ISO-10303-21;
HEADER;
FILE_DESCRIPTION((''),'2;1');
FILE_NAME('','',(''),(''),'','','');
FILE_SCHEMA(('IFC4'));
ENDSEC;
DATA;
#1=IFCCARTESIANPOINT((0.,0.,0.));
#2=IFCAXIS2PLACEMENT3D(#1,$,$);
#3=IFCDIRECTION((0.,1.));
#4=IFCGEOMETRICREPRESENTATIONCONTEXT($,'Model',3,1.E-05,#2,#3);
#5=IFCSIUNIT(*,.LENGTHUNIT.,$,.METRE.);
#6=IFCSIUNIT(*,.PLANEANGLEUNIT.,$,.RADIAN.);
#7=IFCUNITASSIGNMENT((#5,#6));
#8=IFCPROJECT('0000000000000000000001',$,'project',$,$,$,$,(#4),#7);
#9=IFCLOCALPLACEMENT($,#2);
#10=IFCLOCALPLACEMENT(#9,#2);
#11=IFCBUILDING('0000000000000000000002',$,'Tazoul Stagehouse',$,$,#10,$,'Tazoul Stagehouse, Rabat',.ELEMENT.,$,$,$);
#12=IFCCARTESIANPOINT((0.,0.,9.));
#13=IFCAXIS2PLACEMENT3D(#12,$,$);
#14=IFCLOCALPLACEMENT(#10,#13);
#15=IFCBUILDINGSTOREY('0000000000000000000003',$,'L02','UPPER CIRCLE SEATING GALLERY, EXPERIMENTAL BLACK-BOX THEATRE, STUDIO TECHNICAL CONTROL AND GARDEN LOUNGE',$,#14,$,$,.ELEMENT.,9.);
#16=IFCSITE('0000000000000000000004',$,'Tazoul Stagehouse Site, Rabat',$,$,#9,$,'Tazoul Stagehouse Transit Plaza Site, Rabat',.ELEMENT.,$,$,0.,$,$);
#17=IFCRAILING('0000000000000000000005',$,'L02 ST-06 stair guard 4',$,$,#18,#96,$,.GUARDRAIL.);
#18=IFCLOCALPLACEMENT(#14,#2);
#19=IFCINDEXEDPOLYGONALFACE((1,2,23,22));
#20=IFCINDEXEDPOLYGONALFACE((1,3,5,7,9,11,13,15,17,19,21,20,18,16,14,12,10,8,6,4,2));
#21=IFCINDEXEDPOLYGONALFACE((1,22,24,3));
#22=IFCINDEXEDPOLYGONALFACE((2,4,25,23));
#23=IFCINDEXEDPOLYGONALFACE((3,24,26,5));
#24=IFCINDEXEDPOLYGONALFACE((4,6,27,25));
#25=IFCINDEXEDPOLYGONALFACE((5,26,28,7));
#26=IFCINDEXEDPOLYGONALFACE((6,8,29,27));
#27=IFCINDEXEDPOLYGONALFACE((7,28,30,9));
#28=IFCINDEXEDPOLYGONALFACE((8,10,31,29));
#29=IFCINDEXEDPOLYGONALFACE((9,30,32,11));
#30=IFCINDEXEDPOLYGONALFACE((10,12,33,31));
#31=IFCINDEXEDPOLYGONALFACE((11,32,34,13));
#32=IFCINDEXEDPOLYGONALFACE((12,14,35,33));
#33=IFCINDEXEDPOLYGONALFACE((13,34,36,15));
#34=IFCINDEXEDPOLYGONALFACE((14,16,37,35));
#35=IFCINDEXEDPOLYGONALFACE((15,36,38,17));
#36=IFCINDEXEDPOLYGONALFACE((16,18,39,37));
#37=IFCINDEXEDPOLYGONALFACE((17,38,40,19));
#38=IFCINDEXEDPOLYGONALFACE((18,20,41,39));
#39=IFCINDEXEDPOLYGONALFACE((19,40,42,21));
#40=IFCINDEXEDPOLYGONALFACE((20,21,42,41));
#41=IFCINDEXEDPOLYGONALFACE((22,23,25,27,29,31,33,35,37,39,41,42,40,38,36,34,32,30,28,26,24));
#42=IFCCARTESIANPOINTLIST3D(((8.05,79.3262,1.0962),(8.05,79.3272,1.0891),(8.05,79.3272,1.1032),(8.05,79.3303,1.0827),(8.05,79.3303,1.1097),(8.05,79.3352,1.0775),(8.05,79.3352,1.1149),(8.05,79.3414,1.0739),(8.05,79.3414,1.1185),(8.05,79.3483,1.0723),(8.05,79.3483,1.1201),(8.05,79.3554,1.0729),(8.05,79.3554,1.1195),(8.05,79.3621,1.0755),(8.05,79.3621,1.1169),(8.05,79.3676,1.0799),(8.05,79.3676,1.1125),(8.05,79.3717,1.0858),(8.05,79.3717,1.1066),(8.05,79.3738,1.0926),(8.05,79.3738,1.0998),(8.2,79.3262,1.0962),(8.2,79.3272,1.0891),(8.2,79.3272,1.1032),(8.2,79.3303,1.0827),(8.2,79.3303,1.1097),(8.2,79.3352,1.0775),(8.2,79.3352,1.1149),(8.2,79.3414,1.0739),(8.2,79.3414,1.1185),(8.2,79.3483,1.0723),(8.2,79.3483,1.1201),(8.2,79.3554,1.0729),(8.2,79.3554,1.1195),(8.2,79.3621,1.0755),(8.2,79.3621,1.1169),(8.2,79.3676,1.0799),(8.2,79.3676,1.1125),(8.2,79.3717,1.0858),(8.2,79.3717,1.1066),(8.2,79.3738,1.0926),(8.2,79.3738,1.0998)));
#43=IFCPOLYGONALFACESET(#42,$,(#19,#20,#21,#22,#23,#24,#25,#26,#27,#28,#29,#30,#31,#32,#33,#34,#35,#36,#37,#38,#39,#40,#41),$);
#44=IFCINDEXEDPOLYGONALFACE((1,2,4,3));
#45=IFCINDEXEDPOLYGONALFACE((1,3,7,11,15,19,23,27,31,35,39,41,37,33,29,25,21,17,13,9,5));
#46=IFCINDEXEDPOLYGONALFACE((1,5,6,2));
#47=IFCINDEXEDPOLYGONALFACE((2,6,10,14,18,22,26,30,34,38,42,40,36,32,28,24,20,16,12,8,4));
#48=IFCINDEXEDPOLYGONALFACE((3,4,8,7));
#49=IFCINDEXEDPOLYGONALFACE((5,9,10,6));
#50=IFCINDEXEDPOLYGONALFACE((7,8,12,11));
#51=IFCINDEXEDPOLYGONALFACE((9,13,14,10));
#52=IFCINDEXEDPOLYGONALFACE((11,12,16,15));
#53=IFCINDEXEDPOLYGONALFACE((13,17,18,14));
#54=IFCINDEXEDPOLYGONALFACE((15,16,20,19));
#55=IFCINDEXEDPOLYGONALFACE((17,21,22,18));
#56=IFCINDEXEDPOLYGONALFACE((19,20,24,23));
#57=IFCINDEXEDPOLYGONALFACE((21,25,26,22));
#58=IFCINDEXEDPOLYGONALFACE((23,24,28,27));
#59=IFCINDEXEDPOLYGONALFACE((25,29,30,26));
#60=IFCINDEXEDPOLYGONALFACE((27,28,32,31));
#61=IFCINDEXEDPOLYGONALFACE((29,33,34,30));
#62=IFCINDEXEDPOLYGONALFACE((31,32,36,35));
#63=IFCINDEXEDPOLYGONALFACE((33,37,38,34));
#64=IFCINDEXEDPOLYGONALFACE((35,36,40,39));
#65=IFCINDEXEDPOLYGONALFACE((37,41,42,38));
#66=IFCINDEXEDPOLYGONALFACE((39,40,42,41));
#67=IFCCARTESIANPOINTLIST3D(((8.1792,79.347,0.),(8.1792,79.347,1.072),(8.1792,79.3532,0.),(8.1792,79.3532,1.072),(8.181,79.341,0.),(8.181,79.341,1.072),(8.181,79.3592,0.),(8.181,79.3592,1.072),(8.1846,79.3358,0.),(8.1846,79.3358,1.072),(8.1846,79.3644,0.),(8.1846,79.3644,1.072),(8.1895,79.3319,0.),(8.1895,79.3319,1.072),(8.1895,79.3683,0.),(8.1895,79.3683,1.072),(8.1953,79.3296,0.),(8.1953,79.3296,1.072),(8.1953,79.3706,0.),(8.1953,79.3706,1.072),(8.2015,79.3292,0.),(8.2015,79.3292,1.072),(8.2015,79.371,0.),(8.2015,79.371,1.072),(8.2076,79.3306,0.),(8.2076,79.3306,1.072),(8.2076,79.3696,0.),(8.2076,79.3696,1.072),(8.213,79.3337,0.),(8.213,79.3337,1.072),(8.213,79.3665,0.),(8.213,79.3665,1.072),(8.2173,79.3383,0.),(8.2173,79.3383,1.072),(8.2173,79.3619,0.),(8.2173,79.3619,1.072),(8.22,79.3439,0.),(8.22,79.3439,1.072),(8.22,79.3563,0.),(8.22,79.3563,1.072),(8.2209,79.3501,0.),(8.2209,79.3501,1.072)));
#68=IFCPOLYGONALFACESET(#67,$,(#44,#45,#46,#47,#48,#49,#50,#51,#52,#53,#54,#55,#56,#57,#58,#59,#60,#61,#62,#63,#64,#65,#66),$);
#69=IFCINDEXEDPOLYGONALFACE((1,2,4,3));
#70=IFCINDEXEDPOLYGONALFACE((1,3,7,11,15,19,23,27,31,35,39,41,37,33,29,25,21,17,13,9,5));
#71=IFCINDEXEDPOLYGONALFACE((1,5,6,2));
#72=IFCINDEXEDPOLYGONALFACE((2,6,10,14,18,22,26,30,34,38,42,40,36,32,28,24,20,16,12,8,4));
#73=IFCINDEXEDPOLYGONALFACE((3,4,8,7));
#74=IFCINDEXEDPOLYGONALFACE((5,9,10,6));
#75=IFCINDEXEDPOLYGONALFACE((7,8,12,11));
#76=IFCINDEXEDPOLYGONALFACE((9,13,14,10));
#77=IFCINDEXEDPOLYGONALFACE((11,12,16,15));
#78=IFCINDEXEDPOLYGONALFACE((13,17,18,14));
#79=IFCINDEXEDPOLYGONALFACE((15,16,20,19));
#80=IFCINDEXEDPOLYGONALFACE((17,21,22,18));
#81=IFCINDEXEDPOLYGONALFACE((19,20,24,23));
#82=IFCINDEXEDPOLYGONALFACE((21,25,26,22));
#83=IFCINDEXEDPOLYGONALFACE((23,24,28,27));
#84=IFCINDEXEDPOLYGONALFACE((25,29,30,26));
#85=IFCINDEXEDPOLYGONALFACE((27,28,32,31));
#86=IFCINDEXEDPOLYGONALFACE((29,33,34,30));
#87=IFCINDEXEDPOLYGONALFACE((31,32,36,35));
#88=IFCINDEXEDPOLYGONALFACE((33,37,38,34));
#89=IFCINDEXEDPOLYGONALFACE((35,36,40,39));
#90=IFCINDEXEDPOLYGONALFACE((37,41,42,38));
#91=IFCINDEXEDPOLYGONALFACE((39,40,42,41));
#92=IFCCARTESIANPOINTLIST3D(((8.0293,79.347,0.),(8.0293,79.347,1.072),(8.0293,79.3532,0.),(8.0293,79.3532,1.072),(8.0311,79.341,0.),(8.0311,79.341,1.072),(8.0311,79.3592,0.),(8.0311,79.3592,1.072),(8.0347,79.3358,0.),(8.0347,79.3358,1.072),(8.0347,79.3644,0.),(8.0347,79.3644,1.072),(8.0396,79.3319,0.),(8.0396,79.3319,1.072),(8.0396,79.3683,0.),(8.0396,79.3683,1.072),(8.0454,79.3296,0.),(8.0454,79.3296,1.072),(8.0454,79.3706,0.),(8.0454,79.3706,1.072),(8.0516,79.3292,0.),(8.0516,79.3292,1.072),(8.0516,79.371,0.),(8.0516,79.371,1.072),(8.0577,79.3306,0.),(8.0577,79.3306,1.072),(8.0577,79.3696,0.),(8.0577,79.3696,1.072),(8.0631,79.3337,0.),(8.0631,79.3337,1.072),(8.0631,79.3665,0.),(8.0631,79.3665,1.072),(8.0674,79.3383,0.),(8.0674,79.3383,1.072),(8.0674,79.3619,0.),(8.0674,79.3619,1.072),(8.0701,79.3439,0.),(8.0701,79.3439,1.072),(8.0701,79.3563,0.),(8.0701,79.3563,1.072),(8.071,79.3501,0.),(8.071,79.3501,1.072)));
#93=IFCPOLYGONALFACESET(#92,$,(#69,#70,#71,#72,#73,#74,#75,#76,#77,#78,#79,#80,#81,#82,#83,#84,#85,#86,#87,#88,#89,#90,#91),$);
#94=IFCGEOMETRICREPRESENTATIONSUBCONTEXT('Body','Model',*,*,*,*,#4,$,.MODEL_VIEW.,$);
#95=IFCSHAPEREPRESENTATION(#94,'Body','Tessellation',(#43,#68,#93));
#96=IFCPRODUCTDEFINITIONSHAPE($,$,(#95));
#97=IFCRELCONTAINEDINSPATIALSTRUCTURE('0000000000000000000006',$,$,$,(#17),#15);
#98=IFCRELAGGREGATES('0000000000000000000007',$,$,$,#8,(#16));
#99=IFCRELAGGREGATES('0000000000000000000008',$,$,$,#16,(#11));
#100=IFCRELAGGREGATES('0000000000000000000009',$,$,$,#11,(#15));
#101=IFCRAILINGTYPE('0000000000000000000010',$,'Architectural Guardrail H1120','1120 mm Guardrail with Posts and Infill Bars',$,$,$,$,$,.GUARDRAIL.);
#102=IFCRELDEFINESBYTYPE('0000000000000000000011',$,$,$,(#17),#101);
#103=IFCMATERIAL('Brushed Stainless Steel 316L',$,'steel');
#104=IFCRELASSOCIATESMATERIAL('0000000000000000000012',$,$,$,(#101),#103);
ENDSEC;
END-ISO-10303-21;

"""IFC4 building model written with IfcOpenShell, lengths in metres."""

from ifc_helpers import new_model, si_unit, direction, frame, origin, origin_2d, place, context, subcontext, project, spatial, circle, extrude, material, material_profile, profile_set, type_object, element, save


model = new_model("IFC4")

# Units and contexts
model_context = context("Model", 3, precision=1e-05, world=origin(), true_north=direction((0.0, 1.0)))
body_context = subcontext(model_context, "Body", "Model", "MODEL_VIEW")
ifc_project = project(units=[si_unit("LENGTHUNIT", "METRE"), si_unit("PLANEANGLEUNIT", "RADIAN")], contexts=[model_context])

# Site, building, storey
site_placement = place(None, origin())
site = spatial("IfcSite", under=ifc_project, at=site_placement, Name="Tazoul Stagehouse Site, Rabat", LongName="Tazoul Stagehouse Transit Plaza Site, Rabat", CompositionType="ELEMENT", RefElevation=0.0)
building_placement = place(site_placement, origin())
building = spatial("IfcBuilding", under=site, at=building_placement, Name="Tazoul Stagehouse", LongName="Tazoul Stagehouse, Rabat", CompositionType="ELEMENT")
storey_placement = place(building_placement, frame((0.0, 0.0, 9.0)))
storey = spatial("IfcBuildingStorey", under=building, at=storey_placement, Name="L02", Description="UPPER CIRCLE SEATING GALLERY, EXPERIMENTAL BLACK-BOX THEATRE, STUDIO TECHNICAL CONTROL AND GARDEN LOUNGE", CompositionType="ELEMENT", Elevation=9.0)

# Railing
ifc_material_1 = material(Name="Brushed Stainless Steel 316L", Category="steel")
ifc_material_profile_1 = material_profile(ifc_material_1, circle(Radius=0.0239, at=origin_2d()), Name="SS RAIL D48")
ifc_profile_set_1 = profile_set([ifc_material_profile_1], Name="Brushed Stainless Steel 316L")
railing_type_1 = type_object("IfcRailingType", Name="Architectural Guardrail H1120", Description="1120 mm Guardrail with Posts and Infill Bars", PredefinedType="GUARDRAIL", material=ifc_profile_set_1)
railing_1_placement = place(storey_placement, frame((8.2, 79.3501, 0.0)))
element("IfcRailing", 1, at=railing_1_placement, inside=storey, type_object=railing_type_1, Name="L02 ST-06 stair guard 4", PredefinedType="GUARDRAIL", context=body_context, shape_type="SweptSolid", body=[
    extrude(circle(Radius=0.0239, at=origin_2d()), frame((0.0, 0.0, 1.0962), z_axis=(-1.0, 0.0, 0.0), x_axis=(0.0, -1.0, 0.0)), (0.0, 0.0, 1.0), 0.1499),
    extrude(circle(Radius=0.021, at=origin_2d()), origin(), (0.0, 0.0, 1.0), 1.072),
    extrude(circle(Radius=0.021, at=origin_2d()), frame((-0.1499, 0.0, 0.0)), (0.0, 0.0, 1.0), 1.072),
])

save(model, "model.ifc")
